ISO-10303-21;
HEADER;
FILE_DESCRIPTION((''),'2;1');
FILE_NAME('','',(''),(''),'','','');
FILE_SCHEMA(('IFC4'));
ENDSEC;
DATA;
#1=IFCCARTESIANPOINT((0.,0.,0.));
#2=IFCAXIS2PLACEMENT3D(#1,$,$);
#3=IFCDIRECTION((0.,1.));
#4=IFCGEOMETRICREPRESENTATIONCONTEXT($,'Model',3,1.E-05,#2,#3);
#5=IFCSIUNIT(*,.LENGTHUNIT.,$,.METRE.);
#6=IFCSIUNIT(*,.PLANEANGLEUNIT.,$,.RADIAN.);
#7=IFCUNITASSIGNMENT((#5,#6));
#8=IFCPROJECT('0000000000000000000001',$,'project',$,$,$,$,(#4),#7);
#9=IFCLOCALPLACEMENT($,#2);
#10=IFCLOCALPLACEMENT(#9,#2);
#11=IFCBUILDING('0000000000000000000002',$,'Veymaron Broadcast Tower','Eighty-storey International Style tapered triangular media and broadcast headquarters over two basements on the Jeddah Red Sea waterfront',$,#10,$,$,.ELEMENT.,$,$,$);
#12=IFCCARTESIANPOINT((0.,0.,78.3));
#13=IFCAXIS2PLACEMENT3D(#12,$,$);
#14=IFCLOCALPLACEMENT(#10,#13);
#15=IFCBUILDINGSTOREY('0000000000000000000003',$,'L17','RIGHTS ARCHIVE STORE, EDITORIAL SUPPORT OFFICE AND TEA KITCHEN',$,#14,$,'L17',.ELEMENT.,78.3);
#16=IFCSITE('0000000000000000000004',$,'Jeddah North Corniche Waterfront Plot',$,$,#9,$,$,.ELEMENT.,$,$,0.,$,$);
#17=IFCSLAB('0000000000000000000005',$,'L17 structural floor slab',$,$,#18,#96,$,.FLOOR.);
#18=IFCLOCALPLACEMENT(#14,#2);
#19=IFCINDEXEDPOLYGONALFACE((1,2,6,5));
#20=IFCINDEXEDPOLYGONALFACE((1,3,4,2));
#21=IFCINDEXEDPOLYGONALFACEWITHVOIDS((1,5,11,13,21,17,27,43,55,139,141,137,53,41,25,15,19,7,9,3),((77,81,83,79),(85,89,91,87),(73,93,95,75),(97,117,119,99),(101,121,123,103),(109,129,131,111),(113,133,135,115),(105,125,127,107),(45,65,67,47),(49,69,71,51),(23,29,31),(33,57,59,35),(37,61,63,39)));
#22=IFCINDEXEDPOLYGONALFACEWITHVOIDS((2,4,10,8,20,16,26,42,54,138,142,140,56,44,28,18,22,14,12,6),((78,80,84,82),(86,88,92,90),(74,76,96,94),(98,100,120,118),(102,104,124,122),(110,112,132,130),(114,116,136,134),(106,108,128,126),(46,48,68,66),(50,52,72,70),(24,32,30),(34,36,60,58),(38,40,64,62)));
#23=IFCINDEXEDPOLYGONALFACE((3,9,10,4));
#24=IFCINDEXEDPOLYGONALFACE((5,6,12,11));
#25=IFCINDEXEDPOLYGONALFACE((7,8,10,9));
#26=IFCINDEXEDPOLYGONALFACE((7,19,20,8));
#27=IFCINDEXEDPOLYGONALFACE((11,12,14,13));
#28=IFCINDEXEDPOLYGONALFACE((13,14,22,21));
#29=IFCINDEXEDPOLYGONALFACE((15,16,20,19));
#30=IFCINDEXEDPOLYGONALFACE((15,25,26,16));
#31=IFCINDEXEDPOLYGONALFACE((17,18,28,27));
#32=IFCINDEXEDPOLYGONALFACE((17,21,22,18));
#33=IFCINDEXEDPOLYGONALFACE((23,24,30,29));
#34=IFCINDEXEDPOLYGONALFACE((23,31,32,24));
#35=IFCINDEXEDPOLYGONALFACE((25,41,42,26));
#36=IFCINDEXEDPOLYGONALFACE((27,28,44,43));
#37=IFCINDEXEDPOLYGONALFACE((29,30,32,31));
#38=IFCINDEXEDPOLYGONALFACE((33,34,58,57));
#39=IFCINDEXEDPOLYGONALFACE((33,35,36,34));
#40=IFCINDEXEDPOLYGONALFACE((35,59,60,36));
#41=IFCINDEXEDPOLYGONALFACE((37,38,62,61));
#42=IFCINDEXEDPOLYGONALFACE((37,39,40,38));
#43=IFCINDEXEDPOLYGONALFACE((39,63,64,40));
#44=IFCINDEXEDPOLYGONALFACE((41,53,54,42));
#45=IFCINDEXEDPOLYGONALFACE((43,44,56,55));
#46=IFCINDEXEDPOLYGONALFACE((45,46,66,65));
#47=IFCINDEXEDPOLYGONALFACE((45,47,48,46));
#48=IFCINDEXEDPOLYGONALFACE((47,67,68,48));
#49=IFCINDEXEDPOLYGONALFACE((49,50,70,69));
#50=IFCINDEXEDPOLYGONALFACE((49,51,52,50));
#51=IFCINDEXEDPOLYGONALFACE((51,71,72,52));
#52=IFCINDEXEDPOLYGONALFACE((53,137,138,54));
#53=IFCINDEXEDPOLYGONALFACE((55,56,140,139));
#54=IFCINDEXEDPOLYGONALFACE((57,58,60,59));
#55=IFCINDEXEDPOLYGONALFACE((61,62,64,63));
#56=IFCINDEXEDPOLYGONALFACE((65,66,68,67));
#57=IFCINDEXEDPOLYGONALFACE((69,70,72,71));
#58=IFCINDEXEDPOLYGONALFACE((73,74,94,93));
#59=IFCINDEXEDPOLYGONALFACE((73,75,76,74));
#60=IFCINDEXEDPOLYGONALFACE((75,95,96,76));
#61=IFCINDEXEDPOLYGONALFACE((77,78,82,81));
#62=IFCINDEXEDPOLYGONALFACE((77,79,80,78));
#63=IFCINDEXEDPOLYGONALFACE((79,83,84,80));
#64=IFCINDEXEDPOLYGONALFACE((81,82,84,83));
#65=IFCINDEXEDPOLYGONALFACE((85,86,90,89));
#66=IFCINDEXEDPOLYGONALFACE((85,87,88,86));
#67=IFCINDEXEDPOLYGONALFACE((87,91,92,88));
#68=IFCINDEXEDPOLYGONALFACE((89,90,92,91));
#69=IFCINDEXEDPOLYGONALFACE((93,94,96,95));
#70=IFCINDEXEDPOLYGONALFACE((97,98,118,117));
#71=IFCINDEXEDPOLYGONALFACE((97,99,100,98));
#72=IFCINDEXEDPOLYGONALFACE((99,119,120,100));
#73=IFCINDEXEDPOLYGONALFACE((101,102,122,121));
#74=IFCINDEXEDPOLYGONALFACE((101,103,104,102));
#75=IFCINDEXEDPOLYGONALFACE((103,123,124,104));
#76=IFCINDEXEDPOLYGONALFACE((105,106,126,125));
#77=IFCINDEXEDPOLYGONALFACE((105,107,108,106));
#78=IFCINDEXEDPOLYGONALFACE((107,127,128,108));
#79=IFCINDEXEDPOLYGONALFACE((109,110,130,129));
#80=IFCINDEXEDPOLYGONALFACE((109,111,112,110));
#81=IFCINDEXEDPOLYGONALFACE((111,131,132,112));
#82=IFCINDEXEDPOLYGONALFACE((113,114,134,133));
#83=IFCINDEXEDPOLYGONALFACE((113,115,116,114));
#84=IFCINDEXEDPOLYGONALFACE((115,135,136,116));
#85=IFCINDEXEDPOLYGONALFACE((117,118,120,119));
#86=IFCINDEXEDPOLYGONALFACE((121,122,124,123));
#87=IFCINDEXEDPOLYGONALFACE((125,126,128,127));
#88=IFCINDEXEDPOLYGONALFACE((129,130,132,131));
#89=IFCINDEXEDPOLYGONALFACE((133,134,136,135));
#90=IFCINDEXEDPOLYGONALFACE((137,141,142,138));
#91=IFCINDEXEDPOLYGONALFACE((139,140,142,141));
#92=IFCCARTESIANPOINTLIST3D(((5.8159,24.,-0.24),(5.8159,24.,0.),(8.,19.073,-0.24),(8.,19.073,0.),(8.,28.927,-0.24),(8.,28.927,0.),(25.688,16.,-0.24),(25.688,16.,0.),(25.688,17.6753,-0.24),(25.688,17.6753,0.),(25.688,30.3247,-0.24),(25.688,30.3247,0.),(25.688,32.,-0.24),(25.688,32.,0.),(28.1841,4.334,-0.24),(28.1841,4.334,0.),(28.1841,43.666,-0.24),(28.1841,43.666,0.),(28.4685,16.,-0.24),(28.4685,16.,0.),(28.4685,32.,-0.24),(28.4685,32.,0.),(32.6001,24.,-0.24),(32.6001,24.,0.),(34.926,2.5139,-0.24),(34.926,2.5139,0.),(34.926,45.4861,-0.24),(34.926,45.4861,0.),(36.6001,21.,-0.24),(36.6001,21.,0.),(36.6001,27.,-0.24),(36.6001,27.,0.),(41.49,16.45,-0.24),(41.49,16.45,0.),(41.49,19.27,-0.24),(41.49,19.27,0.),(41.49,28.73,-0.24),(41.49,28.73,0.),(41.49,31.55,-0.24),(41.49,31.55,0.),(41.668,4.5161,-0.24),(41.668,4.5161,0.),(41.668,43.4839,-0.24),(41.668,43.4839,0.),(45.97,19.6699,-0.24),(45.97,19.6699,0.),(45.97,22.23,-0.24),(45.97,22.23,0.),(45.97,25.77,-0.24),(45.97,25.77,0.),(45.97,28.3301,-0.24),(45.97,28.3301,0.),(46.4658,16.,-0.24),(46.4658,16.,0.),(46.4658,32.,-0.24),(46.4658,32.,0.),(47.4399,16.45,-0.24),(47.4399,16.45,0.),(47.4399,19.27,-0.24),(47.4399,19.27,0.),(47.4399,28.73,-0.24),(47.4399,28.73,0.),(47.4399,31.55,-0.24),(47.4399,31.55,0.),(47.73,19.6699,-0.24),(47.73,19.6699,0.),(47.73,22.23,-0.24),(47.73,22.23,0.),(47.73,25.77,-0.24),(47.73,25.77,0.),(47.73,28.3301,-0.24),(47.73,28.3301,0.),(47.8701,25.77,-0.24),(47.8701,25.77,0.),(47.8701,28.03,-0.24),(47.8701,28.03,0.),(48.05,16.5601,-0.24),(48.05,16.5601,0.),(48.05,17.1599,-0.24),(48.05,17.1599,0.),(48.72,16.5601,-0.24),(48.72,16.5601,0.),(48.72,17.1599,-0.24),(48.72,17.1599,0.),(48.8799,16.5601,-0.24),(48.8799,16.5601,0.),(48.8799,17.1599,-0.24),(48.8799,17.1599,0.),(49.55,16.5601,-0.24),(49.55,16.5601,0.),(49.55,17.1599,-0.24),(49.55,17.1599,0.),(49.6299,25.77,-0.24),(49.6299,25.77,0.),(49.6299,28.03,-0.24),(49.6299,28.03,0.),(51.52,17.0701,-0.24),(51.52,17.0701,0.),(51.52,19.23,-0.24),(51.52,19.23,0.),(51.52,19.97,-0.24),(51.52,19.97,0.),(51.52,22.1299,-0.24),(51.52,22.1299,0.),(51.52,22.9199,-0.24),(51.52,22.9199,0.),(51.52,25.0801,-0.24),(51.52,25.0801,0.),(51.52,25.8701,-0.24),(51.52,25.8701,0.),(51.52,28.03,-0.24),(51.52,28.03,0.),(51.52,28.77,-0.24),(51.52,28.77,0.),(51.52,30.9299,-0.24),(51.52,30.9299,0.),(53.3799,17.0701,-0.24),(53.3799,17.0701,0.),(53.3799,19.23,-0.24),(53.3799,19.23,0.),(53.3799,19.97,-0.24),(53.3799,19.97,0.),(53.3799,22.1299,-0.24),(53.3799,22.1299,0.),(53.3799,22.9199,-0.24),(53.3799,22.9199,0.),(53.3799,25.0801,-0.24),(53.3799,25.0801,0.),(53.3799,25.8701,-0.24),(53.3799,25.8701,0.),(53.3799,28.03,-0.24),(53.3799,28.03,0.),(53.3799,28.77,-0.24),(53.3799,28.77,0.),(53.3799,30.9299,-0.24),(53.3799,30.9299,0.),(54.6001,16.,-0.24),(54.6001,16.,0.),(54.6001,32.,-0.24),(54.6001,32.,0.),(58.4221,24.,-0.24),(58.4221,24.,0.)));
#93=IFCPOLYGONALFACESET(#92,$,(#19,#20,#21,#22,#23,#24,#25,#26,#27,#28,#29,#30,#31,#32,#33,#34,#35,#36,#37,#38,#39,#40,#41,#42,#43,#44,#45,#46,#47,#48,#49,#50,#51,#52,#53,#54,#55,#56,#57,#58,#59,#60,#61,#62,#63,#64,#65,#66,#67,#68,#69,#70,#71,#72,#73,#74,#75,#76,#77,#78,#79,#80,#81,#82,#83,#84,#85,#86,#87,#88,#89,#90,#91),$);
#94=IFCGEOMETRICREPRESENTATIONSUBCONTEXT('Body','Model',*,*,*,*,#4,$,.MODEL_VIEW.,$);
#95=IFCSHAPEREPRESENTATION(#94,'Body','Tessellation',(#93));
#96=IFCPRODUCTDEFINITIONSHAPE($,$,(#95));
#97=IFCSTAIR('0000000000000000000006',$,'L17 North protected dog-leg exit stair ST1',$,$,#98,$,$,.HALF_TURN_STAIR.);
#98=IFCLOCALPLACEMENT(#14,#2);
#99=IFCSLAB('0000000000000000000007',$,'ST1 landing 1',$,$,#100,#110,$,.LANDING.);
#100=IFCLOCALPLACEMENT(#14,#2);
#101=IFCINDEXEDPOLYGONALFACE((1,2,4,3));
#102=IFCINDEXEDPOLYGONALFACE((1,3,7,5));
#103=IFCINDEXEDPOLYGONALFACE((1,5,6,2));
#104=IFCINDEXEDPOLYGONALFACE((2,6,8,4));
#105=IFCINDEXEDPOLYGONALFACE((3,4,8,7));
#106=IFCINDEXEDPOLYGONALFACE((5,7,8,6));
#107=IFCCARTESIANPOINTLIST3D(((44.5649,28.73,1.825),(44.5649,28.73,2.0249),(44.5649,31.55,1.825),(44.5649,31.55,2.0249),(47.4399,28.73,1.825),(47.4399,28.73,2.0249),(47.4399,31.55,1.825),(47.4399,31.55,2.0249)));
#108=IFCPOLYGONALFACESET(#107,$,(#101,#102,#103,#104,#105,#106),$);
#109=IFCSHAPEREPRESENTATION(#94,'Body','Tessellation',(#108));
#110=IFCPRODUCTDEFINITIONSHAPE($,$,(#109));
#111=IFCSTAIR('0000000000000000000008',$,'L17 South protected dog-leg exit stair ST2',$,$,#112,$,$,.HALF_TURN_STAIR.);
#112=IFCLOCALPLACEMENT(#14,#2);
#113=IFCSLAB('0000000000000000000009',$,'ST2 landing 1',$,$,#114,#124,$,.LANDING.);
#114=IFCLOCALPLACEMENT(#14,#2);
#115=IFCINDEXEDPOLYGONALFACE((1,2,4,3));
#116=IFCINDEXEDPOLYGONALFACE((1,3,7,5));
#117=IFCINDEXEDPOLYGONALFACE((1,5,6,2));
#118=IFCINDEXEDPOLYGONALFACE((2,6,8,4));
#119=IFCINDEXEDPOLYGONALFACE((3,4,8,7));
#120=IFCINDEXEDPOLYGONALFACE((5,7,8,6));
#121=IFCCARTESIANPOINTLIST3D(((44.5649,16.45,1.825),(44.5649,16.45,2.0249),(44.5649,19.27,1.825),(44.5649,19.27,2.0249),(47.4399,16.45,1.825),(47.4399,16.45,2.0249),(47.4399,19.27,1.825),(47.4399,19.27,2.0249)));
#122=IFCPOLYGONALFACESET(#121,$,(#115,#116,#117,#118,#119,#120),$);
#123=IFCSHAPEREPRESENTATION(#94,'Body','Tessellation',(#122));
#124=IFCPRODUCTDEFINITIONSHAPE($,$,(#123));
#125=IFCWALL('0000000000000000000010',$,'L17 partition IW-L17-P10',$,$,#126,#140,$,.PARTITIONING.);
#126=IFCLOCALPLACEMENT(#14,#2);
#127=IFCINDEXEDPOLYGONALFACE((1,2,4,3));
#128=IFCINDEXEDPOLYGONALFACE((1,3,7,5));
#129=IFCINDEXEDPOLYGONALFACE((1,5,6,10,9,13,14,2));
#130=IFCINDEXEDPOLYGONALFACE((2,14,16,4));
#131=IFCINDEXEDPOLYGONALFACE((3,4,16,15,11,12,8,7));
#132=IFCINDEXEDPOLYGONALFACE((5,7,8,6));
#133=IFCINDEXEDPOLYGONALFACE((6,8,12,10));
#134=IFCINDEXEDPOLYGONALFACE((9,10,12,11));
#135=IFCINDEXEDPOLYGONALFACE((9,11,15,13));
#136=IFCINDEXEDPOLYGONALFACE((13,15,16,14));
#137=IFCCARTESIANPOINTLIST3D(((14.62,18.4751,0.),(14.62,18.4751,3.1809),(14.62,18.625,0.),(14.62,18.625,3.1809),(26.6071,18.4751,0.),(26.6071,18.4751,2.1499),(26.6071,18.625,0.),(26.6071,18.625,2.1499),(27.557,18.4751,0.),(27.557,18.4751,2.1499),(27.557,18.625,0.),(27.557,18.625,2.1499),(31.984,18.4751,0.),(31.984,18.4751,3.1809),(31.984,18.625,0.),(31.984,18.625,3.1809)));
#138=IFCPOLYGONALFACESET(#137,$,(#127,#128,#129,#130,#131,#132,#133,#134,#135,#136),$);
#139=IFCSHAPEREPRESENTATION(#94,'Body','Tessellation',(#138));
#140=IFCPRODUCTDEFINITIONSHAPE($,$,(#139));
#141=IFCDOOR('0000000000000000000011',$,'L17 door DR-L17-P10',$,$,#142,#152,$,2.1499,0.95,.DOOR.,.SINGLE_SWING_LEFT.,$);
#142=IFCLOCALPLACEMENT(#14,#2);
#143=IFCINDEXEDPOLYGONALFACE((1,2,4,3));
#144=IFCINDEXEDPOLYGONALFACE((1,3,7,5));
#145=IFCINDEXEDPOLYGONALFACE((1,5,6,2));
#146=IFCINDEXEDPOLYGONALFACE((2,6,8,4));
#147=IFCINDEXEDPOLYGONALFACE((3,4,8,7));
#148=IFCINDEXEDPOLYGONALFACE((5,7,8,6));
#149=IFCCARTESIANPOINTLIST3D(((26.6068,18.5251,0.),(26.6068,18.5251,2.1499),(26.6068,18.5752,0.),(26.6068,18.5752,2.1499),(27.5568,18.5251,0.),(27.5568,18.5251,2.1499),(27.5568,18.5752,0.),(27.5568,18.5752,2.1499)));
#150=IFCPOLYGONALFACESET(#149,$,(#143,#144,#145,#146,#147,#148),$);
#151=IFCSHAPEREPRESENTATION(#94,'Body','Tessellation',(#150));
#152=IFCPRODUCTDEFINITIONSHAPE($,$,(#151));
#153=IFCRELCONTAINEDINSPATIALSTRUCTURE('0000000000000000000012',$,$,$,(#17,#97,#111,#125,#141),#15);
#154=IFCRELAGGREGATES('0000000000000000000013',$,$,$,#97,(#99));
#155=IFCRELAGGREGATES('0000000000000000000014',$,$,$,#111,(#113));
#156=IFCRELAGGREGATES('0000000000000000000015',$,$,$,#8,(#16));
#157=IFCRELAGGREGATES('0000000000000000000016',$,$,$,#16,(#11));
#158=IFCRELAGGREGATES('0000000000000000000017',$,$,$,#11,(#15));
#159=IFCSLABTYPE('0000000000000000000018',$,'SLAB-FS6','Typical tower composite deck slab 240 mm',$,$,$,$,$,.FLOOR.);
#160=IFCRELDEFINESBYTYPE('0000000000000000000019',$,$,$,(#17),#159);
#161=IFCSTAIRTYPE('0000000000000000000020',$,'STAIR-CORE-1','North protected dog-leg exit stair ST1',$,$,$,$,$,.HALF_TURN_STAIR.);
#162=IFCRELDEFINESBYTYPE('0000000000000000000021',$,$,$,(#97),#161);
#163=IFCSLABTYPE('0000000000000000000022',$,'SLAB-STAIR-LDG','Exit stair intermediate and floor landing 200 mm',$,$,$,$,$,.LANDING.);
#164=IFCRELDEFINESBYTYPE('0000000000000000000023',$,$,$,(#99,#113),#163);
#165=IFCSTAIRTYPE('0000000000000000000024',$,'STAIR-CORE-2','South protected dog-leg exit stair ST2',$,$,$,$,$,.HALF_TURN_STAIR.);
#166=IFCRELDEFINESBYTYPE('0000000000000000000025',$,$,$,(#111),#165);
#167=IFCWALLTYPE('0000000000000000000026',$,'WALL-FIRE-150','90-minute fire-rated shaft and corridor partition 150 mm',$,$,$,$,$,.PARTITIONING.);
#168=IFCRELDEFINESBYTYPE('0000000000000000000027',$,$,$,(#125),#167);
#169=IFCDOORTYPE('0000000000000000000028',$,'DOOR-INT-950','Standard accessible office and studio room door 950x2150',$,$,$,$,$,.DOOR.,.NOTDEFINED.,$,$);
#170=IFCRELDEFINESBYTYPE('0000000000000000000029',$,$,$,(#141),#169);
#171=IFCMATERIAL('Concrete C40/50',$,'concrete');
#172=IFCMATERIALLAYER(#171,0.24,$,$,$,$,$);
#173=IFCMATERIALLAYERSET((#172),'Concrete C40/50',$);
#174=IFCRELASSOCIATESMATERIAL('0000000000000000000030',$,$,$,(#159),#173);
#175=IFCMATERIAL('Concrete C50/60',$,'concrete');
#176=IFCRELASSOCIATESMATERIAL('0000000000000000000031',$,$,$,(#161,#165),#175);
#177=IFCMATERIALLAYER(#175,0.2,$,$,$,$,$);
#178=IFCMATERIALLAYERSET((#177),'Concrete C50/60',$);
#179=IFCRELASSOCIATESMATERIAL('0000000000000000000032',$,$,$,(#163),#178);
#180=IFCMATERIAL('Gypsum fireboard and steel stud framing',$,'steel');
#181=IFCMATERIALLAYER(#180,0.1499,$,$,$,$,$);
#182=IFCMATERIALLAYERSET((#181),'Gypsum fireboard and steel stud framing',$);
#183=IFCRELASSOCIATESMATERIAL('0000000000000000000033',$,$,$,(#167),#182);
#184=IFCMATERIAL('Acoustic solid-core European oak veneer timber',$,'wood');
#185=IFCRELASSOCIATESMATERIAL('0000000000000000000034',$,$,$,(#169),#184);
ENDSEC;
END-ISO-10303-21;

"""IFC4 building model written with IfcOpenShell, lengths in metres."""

from ifc_helpers import new_model, si_unit, direction, frame, frame_2d, origin, place, context, subcontext, project, spatial, polyline, rectangle, outline, extrude, material, layer, layer_set, type_object, element, fill, aggregate, save


model = new_model("IFC4")

# Units and contexts
model_context = context("Model", 3, precision=1e-05, world=origin(), true_north=direction((0.0, 1.0)))
body_context = subcontext(model_context, "Body", "Model", "MODEL_VIEW")
ifc_project = project(units=[si_unit("LENGTHUNIT", "METRE"), si_unit("PLANEANGLEUNIT", "RADIAN")], contexts=[model_context])

# Site, building, storey
site_placement = place(None, origin())
site = spatial("IfcSite", under=ifc_project, at=site_placement, Name="Jeddah North Corniche Waterfront Plot", CompositionType="ELEMENT", RefElevation=0.0)
building_placement = place(site_placement, origin())
building = spatial("IfcBuilding", under=site, at=building_placement, Name="Veymaron Broadcast Tower", Description="Eighty-storey International Style tapered triangular media and broadcast headquarters over two basements on the Jeddah Red Sea waterfront", CompositionType="ELEMENT")
storey_placement = place(building_placement, frame((0.0, 0.0, 78.3)))
storey = spatial("IfcBuildingStorey", under=building, at=storey_placement, Name="L17", Description="RIGHTS ARCHIVE STORE, EDITORIAL SUPPORT OFFICE AND TEA KITCHEN", LongName="L17", CompositionType="ELEMENT", Elevation=78.3)

# Slab
ifc_material_1 = material(Name="Concrete C40/50", Category="concrete")
ifc_layer_1 = layer(ifc_material_1, 0.24)
ifc_layer_set_1 = layer_set([ifc_layer_1], Name="Concrete C40/50")
slab_type_1 = type_object("IfcSlabType", Name="SLAB-FS6", Description="Typical tower composite deck slab 240 mm", PredefinedType="FLOOR", material=ifc_layer_set_1)
slab_1_placement = place(storey_placement, frame((0.0, 0.0, -0.24)))
element("IfcSlab", 1, at=slab_1_placement, inside=storey, type_object=slab_type_1, Name="L17 structural floor slab", PredefinedType="FLOOR", context=body_context, shape_type="SweptSolid", body=[
    extrude(outline(polyline([(46.4658, 16.0), (54.6001, 16.0), (58.4221, 24.0), (54.6001, 32.0), (46.4658, 32.0), (41.668, 43.4839), (34.926, 45.4861), (28.1841, 43.666), (28.4685, 32.0), (25.688, 32.0), (25.688, 30.3247), (8.0, 28.927), (5.8159, 24.0), (8.0, 19.073), (25.688, 17.6753), (25.688, 16.0), (28.4685, 16.0), (28.1841, 4.334), (34.926, 2.5139), (41.668, 4.5161), (46.4658, 16.0)]), holes=[polyline([(45.97, 28.3301), (47.73, 28.3301), (47.73, 25.77), (45.97, 25.77), (45.97, 28.3301)]), polyline([(45.97, 22.23), (47.73, 22.23), (47.73, 19.6699), (45.97, 19.6699), (45.97, 22.23)]), polyline([(47.8701, 28.03), (49.6299, 28.03), (49.6299, 25.77), (47.8701, 25.77), (47.8701, 28.03)]), polyline([(51.52, 30.9299), (53.3799, 30.9299), (53.3799, 28.77), (51.52, 28.77), (51.52, 30.9299)]), polyline([(51.52, 28.03), (53.3799, 28.03), (53.3799, 25.8701), (51.52, 25.8701), (51.52, 28.03)]), polyline([(51.52, 22.1299), (53.3799, 22.1299), (53.3799, 19.97), (51.52, 19.97), (51.52, 22.1299)]), polyline([(51.52, 25.0801), (53.3799, 25.0801), (53.3799, 22.9199), (51.52, 22.9199), (51.52, 25.0801)]), polyline([(51.52, 19.23), (53.3799, 19.23), (53.3799, 17.0701), (51.52, 17.0701), (51.52, 19.23)]), polyline([(48.05, 17.1599), (48.72, 17.1599), (48.72, 16.5601), (48.05, 16.5601), (48.05, 17.1599)]), polyline([(48.8799, 17.1599), (49.55, 17.1599), (49.55, 16.5601), (48.8799, 16.5601), (48.8799, 17.1599)]), polyline([(36.6001, 27.0), (36.6001, 21.0), (32.6001, 24.0), (36.6001, 27.0)]), polyline([(41.49, 31.55), (47.4399, 31.55), (47.4399, 28.73), (41.49, 28.73), (41.49, 31.55)]), polyline([(41.49, 19.27), (47.4399, 19.27), (47.4399, 16.45), (41.49, 16.45), (41.49, 19.27)])]), origin(), (0.0, 0.0, 1.0), 0.24),
])

# Stairs, slabs
ifc_material_2 = material(Name="Concrete C50/60", Category="concrete")
stair_type_1 = type_object("IfcStairType", Name="STAIR-CORE-1", Description="North protected dog-leg exit stair ST1", PredefinedType="HALF_TURN_STAIR", material=ifc_material_2)
stair_1_placement = place(storey_placement, origin())
stair_1 = element("IfcStair", 2, at=stair_1_placement, inside=storey, type_object=stair_type_1, Name="L17 North protected dog-leg exit stair ST1", PredefinedType="HALF_TURN_STAIR")
ifc_layer_2 = layer(ifc_material_2, 0.2)
ifc_layer_set_2 = layer_set([ifc_layer_2], Name="Concrete C50/60")
slab_type_2 = type_object("IfcSlabType", Name="SLAB-STAIR-LDG", Description="Exit stair intermediate and floor landing 200 mm", PredefinedType="LANDING", material=ifc_layer_set_2)
slab_2_placement = place(storey_placement, frame((0.0, 0.0, 1.825)))
slab_2 = element("IfcSlab", 3, at=slab_2_placement, type_object=slab_type_2, Name="ST1 landing 1", PredefinedType="LANDING", context=body_context, shape_type="SweptSolid", body=[
    extrude(outline(polyline([(44.5649, 28.73), (47.4399, 28.73), (47.4399, 31.55), (44.5649, 31.55), (44.5649, 28.73)])), origin(), (0.0, 0.0, 1.0), 0.2),
])
aggregate(stair_1, [slab_2])
stair_type_2 = type_object("IfcStairType", Name="STAIR-CORE-2", Description="South protected dog-leg exit stair ST2", PredefinedType="HALF_TURN_STAIR", material=ifc_material_2)
stair_2_placement = place(storey_placement, origin())
stair_2 = element("IfcStair", 4, at=stair_2_placement, inside=storey, type_object=stair_type_2, Name="L17 South protected dog-leg exit stair ST2", PredefinedType="HALF_TURN_STAIR")
slab_3_placement = place(storey_placement, frame((0.0, 0.0, 1.825)))
slab_3 = element("IfcSlab", 5, at=slab_3_placement, type_object=slab_type_2, Name="ST2 landing 1", PredefinedType="LANDING", context=body_context, shape_type="SweptSolid", body=[
    extrude(outline(polyline([(44.5649, 16.45), (47.4399, 16.45), (47.4399, 19.27), (44.5649, 19.27), (44.5649, 16.45)])), origin(), (0.0, 0.0, 1.0), 0.2),
])
aggregate(stair_2, [slab_3])

# Wall, opening, door
ifc_material_3 = material(Name="Gypsum fireboard and steel stud framing", Category="steel")
ifc_layer_3 = layer(ifc_material_3, 0.1499)
ifc_layer_set_3 = layer_set([ifc_layer_3], Name="Gypsum fireboard and steel stud framing")
wall_type_1 = type_object("IfcWallType", Name="WALL-FIRE-150", Description="90-minute fire-rated shaft and corridor partition 150 mm", PredefinedType="PARTITIONING", material=ifc_layer_set_3)
wall_1_placement = place(storey_placement, frame((14.6199, 18.55, 0.0), z_axis=(0.0, 0.0, 1.0), x_axis=(1.0, 0.0, 0.0)))
wall_1 = element("IfcWall", 6, at=wall_1_placement, inside=storey, type_object=wall_type_1, Name="L17 partition IW-L17-P10", PredefinedType="PARTITIONING", context=body_context, shape_type="SweptSolid", body=[
    extrude(rectangle(XDim=17.364, YDim=0.1499, at=frame_2d((8.6821, 0.0))), origin(), (0.0, 0.0, 1.0), 3.1809),
])
opening_1_placement = place(wall_1_placement, frame((11.9871, 0.0, 0.0)))
opening_1 = element("IfcOpeningElement", 7, at=opening_1_placement, cuts=wall_1, PredefinedType="OPENING", context=body_context, shape_type="SweptSolid", body=[
    extrude(rectangle(XDim=0.95, YDim=2.1499, at=frame_2d((0.4751, 1.075))), frame((0.0, 0.085, 0.0), z_axis=(0.0, -1.0, 0.0), x_axis=(1.0, 0.0, 0.0)), (0.0, 0.0, 1.0), 0.1699),
])
ifc_material_4 = material(Name="Acoustic solid-core European oak veneer timber", Category="wood")
door_type = type_object("IfcDoorType", Name="DOOR-INT-950", Description="Standard accessible office and studio room door 950x2150", OperationType="NOTDEFINED", PredefinedType="DOOR", material=ifc_material_4)
door_1_placement = place(opening_1_placement, frame((0.95, 0.0, 0.0), z_axis=(0.0, 0.0, 1.0), x_axis=(-1.0, 0.0, 0.0)))
door_1 = element("IfcDoor", 8, at=door_1_placement, inside=storey, type_object=door_type, Name="L17 door DR-L17-P10", OperationType="SINGLE_SWING_LEFT", OverallHeight=2.1499, OverallWidth=0.95, PredefinedType="DOOR", context=body_context, shape_type="SweptSolid", body=[
    extrude(rectangle(XDim=0.95, YDim=2.1499, at=frame_2d((0.4751, 1.075))), frame((0.0, 0.0249, 0.0), z_axis=(0.0, -1.0, 0.0), x_axis=(1.0, 0.0, 0.0)), (0.0, 0.0, 1.0), 0.05),
])
fill(opening_1, door_1)

save(model, "model.ifc")
